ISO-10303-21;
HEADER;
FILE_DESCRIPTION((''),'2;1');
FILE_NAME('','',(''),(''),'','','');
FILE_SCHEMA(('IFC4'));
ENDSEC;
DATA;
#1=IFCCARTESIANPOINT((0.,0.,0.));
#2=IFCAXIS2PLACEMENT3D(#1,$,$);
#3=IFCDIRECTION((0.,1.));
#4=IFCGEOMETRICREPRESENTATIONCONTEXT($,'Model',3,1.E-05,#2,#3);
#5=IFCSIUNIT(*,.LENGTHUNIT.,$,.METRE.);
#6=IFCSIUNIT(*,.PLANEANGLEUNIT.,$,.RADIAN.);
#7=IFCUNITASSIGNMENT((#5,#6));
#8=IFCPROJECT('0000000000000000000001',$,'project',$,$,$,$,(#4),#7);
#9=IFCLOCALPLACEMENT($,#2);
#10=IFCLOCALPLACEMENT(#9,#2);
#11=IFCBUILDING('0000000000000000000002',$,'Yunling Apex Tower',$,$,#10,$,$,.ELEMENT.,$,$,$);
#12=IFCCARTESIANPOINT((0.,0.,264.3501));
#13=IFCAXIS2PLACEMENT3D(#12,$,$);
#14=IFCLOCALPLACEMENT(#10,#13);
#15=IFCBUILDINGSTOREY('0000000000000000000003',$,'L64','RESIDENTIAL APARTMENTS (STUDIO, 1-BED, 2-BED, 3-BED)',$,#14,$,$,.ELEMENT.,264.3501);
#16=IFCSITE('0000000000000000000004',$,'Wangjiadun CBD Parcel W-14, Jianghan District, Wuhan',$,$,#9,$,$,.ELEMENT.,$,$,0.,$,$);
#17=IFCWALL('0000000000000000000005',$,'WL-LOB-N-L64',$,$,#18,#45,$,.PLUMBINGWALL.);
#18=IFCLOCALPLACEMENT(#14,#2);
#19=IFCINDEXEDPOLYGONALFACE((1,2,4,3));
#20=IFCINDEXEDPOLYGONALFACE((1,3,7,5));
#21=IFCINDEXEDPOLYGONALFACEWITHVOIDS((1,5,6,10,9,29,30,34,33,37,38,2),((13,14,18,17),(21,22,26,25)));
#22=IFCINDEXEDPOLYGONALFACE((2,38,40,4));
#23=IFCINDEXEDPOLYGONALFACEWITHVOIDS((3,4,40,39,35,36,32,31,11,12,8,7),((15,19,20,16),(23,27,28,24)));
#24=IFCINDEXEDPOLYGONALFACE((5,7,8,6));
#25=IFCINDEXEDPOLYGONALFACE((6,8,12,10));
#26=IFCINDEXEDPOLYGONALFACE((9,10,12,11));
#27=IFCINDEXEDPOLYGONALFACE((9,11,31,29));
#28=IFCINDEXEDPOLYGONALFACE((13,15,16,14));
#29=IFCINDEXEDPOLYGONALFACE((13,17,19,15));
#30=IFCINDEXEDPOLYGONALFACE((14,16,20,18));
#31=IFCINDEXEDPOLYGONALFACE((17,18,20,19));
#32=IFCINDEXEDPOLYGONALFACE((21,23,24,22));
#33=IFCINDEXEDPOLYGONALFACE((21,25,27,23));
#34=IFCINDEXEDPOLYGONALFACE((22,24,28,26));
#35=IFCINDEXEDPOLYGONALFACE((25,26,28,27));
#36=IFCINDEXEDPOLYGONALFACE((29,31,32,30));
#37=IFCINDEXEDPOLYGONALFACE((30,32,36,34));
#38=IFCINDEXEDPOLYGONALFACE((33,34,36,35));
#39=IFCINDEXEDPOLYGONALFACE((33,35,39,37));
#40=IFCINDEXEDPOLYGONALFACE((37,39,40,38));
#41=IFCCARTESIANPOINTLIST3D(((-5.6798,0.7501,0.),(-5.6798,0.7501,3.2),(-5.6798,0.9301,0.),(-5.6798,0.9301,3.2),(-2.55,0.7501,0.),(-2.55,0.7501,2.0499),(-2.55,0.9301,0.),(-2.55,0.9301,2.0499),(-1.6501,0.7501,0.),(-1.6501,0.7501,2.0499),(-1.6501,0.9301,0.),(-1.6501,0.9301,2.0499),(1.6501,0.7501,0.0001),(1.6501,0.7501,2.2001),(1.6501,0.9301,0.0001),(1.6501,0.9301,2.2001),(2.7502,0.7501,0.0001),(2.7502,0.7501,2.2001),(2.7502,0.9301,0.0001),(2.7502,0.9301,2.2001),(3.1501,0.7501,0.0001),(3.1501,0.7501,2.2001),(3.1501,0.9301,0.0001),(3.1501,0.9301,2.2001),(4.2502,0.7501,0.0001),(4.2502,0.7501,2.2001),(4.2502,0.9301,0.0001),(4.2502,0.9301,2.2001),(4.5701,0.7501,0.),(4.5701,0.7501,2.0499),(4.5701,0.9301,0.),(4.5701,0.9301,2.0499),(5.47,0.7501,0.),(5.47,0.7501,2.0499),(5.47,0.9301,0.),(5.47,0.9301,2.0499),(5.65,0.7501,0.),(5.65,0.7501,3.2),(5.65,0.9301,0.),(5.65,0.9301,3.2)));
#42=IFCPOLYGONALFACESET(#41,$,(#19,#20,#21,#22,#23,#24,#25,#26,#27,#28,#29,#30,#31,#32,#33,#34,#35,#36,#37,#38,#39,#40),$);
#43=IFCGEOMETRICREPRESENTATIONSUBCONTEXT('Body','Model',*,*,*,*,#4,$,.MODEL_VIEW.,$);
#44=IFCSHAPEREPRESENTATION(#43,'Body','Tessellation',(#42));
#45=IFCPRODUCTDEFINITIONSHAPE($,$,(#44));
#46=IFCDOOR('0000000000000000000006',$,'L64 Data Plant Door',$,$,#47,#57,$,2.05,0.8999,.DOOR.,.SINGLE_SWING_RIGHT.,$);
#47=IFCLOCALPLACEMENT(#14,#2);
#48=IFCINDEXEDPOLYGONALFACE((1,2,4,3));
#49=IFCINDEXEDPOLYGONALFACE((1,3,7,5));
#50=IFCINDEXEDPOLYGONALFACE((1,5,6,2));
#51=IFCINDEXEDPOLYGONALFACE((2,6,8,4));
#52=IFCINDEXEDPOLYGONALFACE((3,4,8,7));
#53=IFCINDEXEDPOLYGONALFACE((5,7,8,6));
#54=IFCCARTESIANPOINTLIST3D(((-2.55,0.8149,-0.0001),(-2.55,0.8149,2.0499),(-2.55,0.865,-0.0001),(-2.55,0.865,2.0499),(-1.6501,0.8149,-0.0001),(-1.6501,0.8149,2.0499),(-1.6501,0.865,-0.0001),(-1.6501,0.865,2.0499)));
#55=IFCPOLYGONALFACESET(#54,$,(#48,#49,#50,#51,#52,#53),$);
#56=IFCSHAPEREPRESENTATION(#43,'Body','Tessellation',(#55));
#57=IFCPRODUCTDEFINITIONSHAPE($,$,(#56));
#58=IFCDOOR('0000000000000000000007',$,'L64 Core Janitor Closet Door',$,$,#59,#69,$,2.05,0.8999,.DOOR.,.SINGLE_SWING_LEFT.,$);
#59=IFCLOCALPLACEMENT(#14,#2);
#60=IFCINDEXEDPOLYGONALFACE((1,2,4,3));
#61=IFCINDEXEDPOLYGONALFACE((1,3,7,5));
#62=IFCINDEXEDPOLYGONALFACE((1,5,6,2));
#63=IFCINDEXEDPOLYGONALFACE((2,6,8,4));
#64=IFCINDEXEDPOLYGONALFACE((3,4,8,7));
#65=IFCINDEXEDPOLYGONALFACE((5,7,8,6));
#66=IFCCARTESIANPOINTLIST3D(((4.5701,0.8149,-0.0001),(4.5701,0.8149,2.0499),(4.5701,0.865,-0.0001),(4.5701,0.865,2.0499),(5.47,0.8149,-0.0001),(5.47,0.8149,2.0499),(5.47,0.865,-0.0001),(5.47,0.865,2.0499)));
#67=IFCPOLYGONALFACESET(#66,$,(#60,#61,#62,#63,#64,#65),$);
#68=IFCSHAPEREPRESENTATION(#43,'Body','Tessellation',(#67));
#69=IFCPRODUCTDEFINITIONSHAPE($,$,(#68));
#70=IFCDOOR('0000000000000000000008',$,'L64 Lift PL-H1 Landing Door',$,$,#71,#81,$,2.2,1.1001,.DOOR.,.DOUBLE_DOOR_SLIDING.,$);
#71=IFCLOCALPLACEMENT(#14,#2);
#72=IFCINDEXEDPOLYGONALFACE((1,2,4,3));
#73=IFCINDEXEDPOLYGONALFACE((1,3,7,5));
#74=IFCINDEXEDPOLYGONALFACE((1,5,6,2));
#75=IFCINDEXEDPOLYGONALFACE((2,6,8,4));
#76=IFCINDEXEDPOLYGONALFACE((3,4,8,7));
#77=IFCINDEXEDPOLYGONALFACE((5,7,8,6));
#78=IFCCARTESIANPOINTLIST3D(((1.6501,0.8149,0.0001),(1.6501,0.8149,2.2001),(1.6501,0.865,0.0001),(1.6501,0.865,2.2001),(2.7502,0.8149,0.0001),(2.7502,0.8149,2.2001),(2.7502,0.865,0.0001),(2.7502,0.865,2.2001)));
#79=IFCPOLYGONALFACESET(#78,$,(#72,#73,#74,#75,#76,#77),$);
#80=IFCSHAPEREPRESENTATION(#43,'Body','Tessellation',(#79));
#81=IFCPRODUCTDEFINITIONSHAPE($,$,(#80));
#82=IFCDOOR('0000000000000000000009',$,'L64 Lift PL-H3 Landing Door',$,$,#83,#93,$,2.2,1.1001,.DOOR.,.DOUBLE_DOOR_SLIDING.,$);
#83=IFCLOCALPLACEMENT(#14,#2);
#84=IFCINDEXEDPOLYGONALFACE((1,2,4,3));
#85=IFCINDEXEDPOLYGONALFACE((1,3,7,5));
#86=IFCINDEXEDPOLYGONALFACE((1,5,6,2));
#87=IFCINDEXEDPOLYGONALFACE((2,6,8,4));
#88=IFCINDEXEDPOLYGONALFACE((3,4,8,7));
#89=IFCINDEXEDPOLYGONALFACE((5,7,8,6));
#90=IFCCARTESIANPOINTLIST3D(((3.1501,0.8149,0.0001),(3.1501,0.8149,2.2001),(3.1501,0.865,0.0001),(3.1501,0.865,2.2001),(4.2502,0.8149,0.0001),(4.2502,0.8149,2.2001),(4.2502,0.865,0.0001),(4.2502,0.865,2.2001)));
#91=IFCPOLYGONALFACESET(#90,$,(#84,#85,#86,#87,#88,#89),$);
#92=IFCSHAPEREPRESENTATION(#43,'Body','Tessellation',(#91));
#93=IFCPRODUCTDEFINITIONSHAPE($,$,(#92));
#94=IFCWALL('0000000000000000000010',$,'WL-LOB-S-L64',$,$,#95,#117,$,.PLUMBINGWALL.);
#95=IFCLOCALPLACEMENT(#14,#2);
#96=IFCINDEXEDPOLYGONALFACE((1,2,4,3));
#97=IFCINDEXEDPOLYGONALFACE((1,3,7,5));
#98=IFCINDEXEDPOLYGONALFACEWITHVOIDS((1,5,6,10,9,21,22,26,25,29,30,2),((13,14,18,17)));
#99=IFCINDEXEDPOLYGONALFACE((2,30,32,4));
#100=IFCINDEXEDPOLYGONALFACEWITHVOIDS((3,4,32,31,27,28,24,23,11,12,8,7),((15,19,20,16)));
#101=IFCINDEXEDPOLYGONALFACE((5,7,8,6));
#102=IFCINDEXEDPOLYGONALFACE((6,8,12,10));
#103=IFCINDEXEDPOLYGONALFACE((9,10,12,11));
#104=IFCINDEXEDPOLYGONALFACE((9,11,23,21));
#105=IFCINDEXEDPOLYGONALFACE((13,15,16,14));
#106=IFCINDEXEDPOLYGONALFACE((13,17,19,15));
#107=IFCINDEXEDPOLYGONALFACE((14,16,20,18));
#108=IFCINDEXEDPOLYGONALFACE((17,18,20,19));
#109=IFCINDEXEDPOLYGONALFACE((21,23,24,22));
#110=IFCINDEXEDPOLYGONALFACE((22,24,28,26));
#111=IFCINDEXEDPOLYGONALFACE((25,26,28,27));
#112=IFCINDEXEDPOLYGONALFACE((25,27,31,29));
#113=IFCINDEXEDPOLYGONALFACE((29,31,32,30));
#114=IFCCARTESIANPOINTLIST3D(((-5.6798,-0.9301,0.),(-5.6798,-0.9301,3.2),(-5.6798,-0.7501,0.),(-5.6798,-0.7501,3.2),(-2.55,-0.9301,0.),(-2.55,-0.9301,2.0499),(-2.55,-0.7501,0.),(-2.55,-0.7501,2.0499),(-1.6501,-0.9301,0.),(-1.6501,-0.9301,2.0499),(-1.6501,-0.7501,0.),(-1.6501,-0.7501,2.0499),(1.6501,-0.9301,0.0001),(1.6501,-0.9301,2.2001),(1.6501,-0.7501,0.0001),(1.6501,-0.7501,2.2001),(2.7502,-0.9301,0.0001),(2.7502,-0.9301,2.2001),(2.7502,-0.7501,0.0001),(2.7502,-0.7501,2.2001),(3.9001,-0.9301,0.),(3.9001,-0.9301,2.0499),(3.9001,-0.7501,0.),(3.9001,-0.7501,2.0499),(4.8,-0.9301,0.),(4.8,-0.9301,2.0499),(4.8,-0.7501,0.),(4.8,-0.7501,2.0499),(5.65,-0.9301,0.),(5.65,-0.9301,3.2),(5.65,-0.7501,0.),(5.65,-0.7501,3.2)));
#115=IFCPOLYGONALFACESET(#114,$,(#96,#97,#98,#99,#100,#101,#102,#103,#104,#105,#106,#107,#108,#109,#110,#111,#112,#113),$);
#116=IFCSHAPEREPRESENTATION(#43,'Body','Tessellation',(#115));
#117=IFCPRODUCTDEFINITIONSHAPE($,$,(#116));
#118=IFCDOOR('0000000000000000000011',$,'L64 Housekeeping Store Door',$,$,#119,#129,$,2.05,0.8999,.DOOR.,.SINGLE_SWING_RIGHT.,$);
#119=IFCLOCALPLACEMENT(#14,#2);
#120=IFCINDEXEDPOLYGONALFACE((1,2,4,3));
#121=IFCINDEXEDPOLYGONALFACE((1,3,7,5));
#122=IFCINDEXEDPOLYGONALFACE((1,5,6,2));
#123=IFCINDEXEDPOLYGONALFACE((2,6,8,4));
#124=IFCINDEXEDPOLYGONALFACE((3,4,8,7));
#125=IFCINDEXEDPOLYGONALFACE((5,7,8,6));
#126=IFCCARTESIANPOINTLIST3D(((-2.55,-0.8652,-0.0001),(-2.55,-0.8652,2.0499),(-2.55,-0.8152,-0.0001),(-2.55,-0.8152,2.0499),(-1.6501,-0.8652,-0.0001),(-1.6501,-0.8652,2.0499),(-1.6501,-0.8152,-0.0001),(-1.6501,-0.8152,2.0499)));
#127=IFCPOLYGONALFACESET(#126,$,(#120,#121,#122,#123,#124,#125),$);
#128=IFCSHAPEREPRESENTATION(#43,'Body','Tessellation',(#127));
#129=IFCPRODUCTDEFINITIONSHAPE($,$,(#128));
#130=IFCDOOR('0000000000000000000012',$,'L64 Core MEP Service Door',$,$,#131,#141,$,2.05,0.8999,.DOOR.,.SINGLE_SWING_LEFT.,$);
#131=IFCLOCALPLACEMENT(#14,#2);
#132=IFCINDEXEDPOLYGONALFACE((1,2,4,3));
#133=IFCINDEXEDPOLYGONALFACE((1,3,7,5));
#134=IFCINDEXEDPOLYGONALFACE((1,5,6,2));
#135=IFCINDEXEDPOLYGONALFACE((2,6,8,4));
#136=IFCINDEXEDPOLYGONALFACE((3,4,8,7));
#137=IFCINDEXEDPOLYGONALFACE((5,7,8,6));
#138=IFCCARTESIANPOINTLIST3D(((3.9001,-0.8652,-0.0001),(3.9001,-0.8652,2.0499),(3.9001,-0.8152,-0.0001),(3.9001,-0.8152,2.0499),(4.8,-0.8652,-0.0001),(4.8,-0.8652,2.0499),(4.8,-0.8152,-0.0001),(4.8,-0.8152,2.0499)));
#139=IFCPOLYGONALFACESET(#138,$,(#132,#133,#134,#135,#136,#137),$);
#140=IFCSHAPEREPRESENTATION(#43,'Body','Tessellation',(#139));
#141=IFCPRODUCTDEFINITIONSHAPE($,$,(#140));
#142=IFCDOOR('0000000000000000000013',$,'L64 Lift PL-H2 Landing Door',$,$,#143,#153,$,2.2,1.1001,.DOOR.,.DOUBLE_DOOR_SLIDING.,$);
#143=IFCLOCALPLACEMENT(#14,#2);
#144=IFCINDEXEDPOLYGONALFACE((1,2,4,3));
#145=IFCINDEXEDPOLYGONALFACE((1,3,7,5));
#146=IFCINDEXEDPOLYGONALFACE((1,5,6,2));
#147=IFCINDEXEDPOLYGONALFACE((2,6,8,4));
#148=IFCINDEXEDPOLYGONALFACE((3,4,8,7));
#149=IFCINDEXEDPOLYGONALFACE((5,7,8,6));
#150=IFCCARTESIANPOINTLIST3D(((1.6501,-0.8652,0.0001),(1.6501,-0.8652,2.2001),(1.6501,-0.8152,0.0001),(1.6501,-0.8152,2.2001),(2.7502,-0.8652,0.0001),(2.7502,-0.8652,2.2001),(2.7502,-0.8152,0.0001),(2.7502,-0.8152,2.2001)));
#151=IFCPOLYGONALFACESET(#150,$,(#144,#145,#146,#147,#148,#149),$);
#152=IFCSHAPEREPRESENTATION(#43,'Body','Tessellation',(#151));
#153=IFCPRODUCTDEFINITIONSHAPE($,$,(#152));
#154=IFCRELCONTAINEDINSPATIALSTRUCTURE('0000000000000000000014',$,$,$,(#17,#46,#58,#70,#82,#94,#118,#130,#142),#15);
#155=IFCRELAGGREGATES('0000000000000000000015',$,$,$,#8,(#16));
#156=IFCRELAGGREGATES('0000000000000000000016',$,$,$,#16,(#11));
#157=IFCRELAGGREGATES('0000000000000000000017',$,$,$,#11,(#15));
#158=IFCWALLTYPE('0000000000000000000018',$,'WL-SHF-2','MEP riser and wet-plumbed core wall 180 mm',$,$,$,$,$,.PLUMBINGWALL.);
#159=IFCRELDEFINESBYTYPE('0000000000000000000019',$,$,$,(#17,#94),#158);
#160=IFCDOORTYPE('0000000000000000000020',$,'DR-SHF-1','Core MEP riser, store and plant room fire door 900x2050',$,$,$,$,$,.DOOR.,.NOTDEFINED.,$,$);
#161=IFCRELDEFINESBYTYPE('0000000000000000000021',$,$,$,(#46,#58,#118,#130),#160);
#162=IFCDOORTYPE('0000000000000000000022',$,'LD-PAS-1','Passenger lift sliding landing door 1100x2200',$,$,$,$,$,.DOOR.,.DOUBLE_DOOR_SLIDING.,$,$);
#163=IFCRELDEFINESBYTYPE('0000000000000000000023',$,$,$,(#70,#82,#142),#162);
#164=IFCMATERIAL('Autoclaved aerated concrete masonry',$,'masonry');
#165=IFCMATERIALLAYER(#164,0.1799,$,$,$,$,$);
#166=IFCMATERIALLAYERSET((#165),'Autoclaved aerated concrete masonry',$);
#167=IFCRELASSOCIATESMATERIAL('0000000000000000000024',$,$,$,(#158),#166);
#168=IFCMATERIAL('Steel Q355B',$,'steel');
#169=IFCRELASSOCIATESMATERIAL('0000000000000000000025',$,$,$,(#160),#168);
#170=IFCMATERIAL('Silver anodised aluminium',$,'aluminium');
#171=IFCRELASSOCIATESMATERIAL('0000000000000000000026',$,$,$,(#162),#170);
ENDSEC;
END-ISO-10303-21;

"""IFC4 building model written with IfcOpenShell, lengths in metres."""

from ifc_helpers import new_model, si_unit, direction, frame, frame_2d, origin, place, context, subcontext, project, spatial, rectangle, extrude, material, layer, layer_set, type_object, element, fill, save


model = new_model("IFC4")

# Units and contexts
model_context = context("Model", 3, precision=1e-05, world=origin(), true_north=direction((0.0, 1.0)))
body_context = subcontext(model_context, "Body", "Model", "MODEL_VIEW")
ifc_project = project(units=[si_unit("LENGTHUNIT", "METRE"), si_unit("PLANEANGLEUNIT", "RADIAN")], contexts=[model_context])

# Site, building, storey
site_placement = place(None, origin())
site = spatial("IfcSite", under=ifc_project, at=site_placement, Name="Wangjiadun CBD Parcel W-14, Jianghan District, Wuhan", CompositionType="ELEMENT", RefElevation=0.0)
building_placement = place(site_placement, origin())
building = spatial("IfcBuilding", under=site, at=building_placement, Name="Yunling Apex Tower", CompositionType="ELEMENT")
storey_placement = place(building_placement, frame((0.0, 0.0, 264.3501)))
storey = spatial("IfcBuildingStorey", under=building, at=storey_placement, Name="L64", Description="RESIDENTIAL APARTMENTS (STUDIO, 1-BED, 2-BED, 3-BED)", CompositionType="ELEMENT", Elevation=264.3501)

# Shared definitions
ifc_material_1 = material(Name="Steel Q355B", Category="steel")

# Walls, openings, doors
ifc_material_2 = material(Name="Autoclaved aerated concrete masonry", Category="masonry")
ifc_layer_1 = layer(ifc_material_2, 0.1799)
ifc_layer_set_1 = layer_set([ifc_layer_1], Name="Autoclaved aerated concrete masonry")
wall_type_1 = type_object("IfcWallType", Name="WL-SHF-2", Description="MEP riser and wet-plumbed core wall 180 mm", PredefinedType="PLUMBINGWALL", material=ifc_layer_set_1)
wall_1_placement = place(storey_placement, frame((-5.6799, 0.8401, 0.0), z_axis=(0.0, 0.0, 1.0), x_axis=(1.0, 0.0, 0.0)))
wall_1 = element("IfcWall", 1, at=wall_1_placement, inside=storey, type_object=wall_type_1, Name="WL-LOB-N-L64", PredefinedType="PLUMBINGWALL", context=body_context, shape_type="SweptSolid", body=[
    extrude(rectangle(XDim=11.3298, YDim=0.1799, at=frame_2d((5.665, 0.0))), origin(), (0.0, 0.0, 1.0), 3.2),
])
opening_1_placement = place(wall_1_placement, frame((3.1299, 0.0, 0.0)))
opening_1 = element("IfcOpeningElement", 2, at=opening_1_placement, cuts=wall_1, PredefinedType="OPENING", context=body_context, shape_type="SweptSolid", body=[
    extrude(rectangle(XDim=0.8999, YDim=2.05, at=frame_2d((0.45, 1.0249))), frame((0.0, 0.1001, 0.0), z_axis=(0.0, -1.0, 0.0), x_axis=(1.0, 0.0, 0.0)), (0.0, 0.0, 1.0), 0.2),
])
opening_2_placement = place(wall_1_placement, frame((7.3301, 0.0, 0.0)))
opening_2 = element("IfcOpeningElement", 3, at=opening_2_placement, cuts=wall_1, PredefinedType="OPENING", context=body_context, shape_type="SweptSolid", body=[
    extrude(rectangle(XDim=1.1001, YDim=2.2, at=frame_2d((0.55, 1.1001))), frame((0.0, 0.1001, 0.0), z_axis=(0.0, -1.0, 0.0), x_axis=(1.0, 0.0, 0.0)), (0.0, 0.0, 1.0), 0.2),
])
opening_3_placement = place(wall_1_placement, frame((8.8301, 0.0, 0.0)))
opening_3 = element("IfcOpeningElement", 4, at=opening_3_placement, cuts=wall_1, PredefinedType="OPENING", context=body_context, shape_type="SweptSolid", body=[
    extrude(rectangle(XDim=1.1001, YDim=2.2, at=frame_2d((0.55, 1.1001))), frame((0.0, 0.1001, 0.0), z_axis=(0.0, -1.0, 0.0), x_axis=(1.0, 0.0, 0.0)), (0.0, 0.0, 1.0), 0.2),
])
opening_4_placement = place(wall_1_placement, frame((10.25, 0.0, 0.0)))
opening_4 = element("IfcOpeningElement", 5, at=opening_4_placement, cuts=wall_1, PredefinedType="OPENING", context=body_context, shape_type="SweptSolid", body=[
    extrude(rectangle(XDim=0.8999, YDim=2.05, at=frame_2d((0.45, 1.0249))), frame((0.0, 0.1001, 0.0), z_axis=(0.0, -1.0, 0.0), x_axis=(1.0, 0.0, 0.0)), (0.0, 0.0, 1.0), 0.2),
])
door_type_1 = type_object("IfcDoorType", Name="DR-SHF-1", Description="Core MEP riser, store and plant room fire door 900x2050", OperationType="NOTDEFINED", PredefinedType="DOOR", material=ifc_material_1)
door_1_placement = place(opening_1_placement, origin())
door_1 = element("IfcDoor", 6, at=door_1_placement, inside=storey, type_object=door_type_1, Name="L64 Data Plant Door", OperationType="SINGLE_SWING_RIGHT", OverallHeight=2.05, OverallWidth=0.8999, PredefinedType="DOOR", context=body_context, shape_type="SweptSolid", body=[
    extrude(rectangle(XDim=0.8999, YDim=2.05, at=frame_2d((0.45, 1.0249))), frame((0.0, 0.0249, 0.0), z_axis=(0.0, -1.0, 0.0), x_axis=(1.0, 0.0, 0.0)), (0.0, 0.0, 1.0), 0.05),
])
fill(opening_1, door_1)
door_2_placement = place(opening_4_placement, origin())
door_2 = element("IfcDoor", 7, at=door_2_placement, inside=storey, type_object=door_type_1, Name="L64 Core Janitor Closet Door", OperationType="SINGLE_SWING_LEFT", OverallHeight=2.05, OverallWidth=0.8999, PredefinedType="DOOR", context=body_context, shape_type="SweptSolid", body=[
    extrude(rectangle(XDim=0.8999, YDim=2.05, at=frame_2d((0.45, 1.0249))), frame((0.0, 0.0249, 0.0), z_axis=(0.0, -1.0, 0.0), x_axis=(1.0, 0.0, 0.0)), (0.0, 0.0, 1.0), 0.05),
])
fill(opening_4, door_2)
ifc_material_3 = material(Name="Silver anodised aluminium", Category="aluminium")
door_type_2 = type_object("IfcDoorType", Name="LD-PAS-1", Description="Passenger lift sliding landing door 1100x2200", OperationType="DOUBLE_DOOR_SLIDING", PredefinedType="DOOR", material=ifc_material_3)
door_3_placement = place(opening_2_placement, origin())
door_3 = element("IfcDoor", 8, at=door_3_placement, inside=storey, type_object=door_type_2, Name="L64 Lift PL-H1 Landing Door", OperationType="DOUBLE_DOOR_SLIDING", OverallHeight=2.2, OverallWidth=1.1001, PredefinedType="DOOR", context=body_context, shape_type="SweptSolid", body=[
    extrude(rectangle(XDim=1.1001, YDim=2.2, at=frame_2d((0.55, 1.1001))), frame((0.0, 0.0249, 0.0), z_axis=(0.0, -1.0, 0.0), x_axis=(1.0, 0.0, 0.0)), (0.0, 0.0, 1.0), 0.05),
])
fill(opening_2, door_3)
door_4_placement = place(opening_3_placement, origin())
door_4 = element("IfcDoor", 9, at=door_4_placement, inside=storey, type_object=door_type_2, Name="L64 Lift PL-H3 Landing Door", OperationType="DOUBLE_DOOR_SLIDING", OverallHeight=2.2, OverallWidth=1.1001, PredefinedType="DOOR", context=body_context, shape_type="SweptSolid", body=[
    extrude(rectangle(XDim=1.1001, YDim=2.2, at=frame_2d((0.55, 1.1001))), frame((0.0, 0.0249, 0.0), z_axis=(0.0, -1.0, 0.0), x_axis=(1.0, 0.0, 0.0)), (0.0, 0.0, 1.0), 0.05),
])
fill(opening_3, door_4)
wall_2_placement = place(storey_placement, frame((-5.6799, -0.8401, 0.0), z_axis=(0.0, 0.0, 1.0), x_axis=(1.0, 0.0, 0.0)))
wall_2 = element("IfcWall", 10, at=wall_2_placement, inside=storey, type_object=wall_type_1, Name="WL-LOB-S-L64", PredefinedType="PLUMBINGWALL", context=body_context, shape_type="SweptSolid", body=[
    extrude(rectangle(XDim=11.3298, YDim=0.1799, at=frame_2d((5.665, 0.0))), origin(), (0.0, 0.0, 1.0), 3.2),
])
opening_5_placement = place(wall_2_placement, frame((3.1299, 0.0, 0.0)))
opening_5 = element("IfcOpeningElement", 11, at=opening_5_placement, cuts=wall_2, PredefinedType="OPENING", context=body_context, shape_type="SweptSolid", body=[
    extrude(rectangle(XDim=0.8999, YDim=2.05, at=frame_2d((0.45, 1.0249))), frame((0.0, 0.1001, 0.0), z_axis=(0.0, -1.0, 0.0), x_axis=(1.0, 0.0, 0.0)), (0.0, 0.0, 1.0), 0.2),
])
opening_6_placement = place(wall_2_placement, frame((7.3301, 0.0, 0.0)))
opening_6 = element("IfcOpeningElement", 12, at=opening_6_placement, cuts=wall_2, PredefinedType="OPENING", context=body_context, shape_type="SweptSolid", body=[
    extrude(rectangle(XDim=1.1001, YDim=2.2, at=frame_2d((0.55, 1.1001))), frame((0.0, 0.1001, 0.0), z_axis=(0.0, -1.0, 0.0), x_axis=(1.0, 0.0, 0.0)), (0.0, 0.0, 1.0), 0.2),
])
opening_7_placement = place(wall_2_placement, frame((9.5801, 0.0, 0.0)))
opening_7 = element("IfcOpeningElement", 13, at=opening_7_placement, cuts=wall_2, PredefinedType="OPENING", context=body_context, shape_type="SweptSolid", body=[
    extrude(rectangle(XDim=0.8999, YDim=2.05, at=frame_2d((0.45, 1.0249))), frame((0.0, 0.1001, 0.0), z_axis=(0.0, -1.0, 0.0), x_axis=(1.0, 0.0, 0.0)), (0.0, 0.0, 1.0), 0.2),
])
door_5_placement = place(opening_5_placement, origin())
door_5 = element("IfcDoor", 14, at=door_5_placement, inside=storey, type_object=door_type_1, Name="L64 Housekeeping Store Door", OperationType="SINGLE_SWING_RIGHT", OverallHeight=2.05, OverallWidth=0.8999, PredefinedType="DOOR", context=body_context, shape_type="SweptSolid", body=[
    extrude(rectangle(XDim=0.8999, YDim=2.05, at=frame_2d((0.45, 1.0249))), frame((0.0, 0.0249, 0.0), z_axis=(0.0, -1.0, 0.0), x_axis=(1.0, 0.0, 0.0)), (0.0, 0.0, 1.0), 0.05),
])
fill(opening_5, door_5)
door_6_placement = place(opening_7_placement, origin())
door_6 = element("IfcDoor", 15, at=door_6_placement, inside=storey, type_object=door_type_1, Name="L64 Core MEP Service Door", OperationType="SINGLE_SWING_LEFT", OverallHeight=2.05, OverallWidth=0.8999, PredefinedType="DOOR", context=body_context, shape_type="SweptSolid", body=[
    extrude(rectangle(XDim=0.8999, YDim=2.05, at=frame_2d((0.45, 1.0249))), frame((0.0, 0.0249, 0.0), z_axis=(0.0, -1.0, 0.0), x_axis=(1.0, 0.0, 0.0)), (0.0, 0.0, 1.0), 0.05),
])
fill(opening_7, door_6)
door_7_placement = place(opening_6_placement, origin())
door_7 = element("IfcDoor", 16, at=door_7_placement, inside=storey, type_object=door_type_2, Name="L64 Lift PL-H2 Landing Door", OperationType="DOUBLE_DOOR_SLIDING", OverallHeight=2.2, OverallWidth=1.1001, PredefinedType="DOOR", context=body_context, shape_type="SweptSolid", body=[
    extrude(rectangle(XDim=1.1001, YDim=2.2, at=frame_2d((0.55, 1.1001))), frame((0.0, 0.0249, 0.0), z_axis=(0.0, -1.0, 0.0), x_axis=(1.0, 0.0, 0.0)), (0.0, 0.0, 1.0), 0.05),
])
fill(opening_6, door_7)

save(model, "model.ifc")
